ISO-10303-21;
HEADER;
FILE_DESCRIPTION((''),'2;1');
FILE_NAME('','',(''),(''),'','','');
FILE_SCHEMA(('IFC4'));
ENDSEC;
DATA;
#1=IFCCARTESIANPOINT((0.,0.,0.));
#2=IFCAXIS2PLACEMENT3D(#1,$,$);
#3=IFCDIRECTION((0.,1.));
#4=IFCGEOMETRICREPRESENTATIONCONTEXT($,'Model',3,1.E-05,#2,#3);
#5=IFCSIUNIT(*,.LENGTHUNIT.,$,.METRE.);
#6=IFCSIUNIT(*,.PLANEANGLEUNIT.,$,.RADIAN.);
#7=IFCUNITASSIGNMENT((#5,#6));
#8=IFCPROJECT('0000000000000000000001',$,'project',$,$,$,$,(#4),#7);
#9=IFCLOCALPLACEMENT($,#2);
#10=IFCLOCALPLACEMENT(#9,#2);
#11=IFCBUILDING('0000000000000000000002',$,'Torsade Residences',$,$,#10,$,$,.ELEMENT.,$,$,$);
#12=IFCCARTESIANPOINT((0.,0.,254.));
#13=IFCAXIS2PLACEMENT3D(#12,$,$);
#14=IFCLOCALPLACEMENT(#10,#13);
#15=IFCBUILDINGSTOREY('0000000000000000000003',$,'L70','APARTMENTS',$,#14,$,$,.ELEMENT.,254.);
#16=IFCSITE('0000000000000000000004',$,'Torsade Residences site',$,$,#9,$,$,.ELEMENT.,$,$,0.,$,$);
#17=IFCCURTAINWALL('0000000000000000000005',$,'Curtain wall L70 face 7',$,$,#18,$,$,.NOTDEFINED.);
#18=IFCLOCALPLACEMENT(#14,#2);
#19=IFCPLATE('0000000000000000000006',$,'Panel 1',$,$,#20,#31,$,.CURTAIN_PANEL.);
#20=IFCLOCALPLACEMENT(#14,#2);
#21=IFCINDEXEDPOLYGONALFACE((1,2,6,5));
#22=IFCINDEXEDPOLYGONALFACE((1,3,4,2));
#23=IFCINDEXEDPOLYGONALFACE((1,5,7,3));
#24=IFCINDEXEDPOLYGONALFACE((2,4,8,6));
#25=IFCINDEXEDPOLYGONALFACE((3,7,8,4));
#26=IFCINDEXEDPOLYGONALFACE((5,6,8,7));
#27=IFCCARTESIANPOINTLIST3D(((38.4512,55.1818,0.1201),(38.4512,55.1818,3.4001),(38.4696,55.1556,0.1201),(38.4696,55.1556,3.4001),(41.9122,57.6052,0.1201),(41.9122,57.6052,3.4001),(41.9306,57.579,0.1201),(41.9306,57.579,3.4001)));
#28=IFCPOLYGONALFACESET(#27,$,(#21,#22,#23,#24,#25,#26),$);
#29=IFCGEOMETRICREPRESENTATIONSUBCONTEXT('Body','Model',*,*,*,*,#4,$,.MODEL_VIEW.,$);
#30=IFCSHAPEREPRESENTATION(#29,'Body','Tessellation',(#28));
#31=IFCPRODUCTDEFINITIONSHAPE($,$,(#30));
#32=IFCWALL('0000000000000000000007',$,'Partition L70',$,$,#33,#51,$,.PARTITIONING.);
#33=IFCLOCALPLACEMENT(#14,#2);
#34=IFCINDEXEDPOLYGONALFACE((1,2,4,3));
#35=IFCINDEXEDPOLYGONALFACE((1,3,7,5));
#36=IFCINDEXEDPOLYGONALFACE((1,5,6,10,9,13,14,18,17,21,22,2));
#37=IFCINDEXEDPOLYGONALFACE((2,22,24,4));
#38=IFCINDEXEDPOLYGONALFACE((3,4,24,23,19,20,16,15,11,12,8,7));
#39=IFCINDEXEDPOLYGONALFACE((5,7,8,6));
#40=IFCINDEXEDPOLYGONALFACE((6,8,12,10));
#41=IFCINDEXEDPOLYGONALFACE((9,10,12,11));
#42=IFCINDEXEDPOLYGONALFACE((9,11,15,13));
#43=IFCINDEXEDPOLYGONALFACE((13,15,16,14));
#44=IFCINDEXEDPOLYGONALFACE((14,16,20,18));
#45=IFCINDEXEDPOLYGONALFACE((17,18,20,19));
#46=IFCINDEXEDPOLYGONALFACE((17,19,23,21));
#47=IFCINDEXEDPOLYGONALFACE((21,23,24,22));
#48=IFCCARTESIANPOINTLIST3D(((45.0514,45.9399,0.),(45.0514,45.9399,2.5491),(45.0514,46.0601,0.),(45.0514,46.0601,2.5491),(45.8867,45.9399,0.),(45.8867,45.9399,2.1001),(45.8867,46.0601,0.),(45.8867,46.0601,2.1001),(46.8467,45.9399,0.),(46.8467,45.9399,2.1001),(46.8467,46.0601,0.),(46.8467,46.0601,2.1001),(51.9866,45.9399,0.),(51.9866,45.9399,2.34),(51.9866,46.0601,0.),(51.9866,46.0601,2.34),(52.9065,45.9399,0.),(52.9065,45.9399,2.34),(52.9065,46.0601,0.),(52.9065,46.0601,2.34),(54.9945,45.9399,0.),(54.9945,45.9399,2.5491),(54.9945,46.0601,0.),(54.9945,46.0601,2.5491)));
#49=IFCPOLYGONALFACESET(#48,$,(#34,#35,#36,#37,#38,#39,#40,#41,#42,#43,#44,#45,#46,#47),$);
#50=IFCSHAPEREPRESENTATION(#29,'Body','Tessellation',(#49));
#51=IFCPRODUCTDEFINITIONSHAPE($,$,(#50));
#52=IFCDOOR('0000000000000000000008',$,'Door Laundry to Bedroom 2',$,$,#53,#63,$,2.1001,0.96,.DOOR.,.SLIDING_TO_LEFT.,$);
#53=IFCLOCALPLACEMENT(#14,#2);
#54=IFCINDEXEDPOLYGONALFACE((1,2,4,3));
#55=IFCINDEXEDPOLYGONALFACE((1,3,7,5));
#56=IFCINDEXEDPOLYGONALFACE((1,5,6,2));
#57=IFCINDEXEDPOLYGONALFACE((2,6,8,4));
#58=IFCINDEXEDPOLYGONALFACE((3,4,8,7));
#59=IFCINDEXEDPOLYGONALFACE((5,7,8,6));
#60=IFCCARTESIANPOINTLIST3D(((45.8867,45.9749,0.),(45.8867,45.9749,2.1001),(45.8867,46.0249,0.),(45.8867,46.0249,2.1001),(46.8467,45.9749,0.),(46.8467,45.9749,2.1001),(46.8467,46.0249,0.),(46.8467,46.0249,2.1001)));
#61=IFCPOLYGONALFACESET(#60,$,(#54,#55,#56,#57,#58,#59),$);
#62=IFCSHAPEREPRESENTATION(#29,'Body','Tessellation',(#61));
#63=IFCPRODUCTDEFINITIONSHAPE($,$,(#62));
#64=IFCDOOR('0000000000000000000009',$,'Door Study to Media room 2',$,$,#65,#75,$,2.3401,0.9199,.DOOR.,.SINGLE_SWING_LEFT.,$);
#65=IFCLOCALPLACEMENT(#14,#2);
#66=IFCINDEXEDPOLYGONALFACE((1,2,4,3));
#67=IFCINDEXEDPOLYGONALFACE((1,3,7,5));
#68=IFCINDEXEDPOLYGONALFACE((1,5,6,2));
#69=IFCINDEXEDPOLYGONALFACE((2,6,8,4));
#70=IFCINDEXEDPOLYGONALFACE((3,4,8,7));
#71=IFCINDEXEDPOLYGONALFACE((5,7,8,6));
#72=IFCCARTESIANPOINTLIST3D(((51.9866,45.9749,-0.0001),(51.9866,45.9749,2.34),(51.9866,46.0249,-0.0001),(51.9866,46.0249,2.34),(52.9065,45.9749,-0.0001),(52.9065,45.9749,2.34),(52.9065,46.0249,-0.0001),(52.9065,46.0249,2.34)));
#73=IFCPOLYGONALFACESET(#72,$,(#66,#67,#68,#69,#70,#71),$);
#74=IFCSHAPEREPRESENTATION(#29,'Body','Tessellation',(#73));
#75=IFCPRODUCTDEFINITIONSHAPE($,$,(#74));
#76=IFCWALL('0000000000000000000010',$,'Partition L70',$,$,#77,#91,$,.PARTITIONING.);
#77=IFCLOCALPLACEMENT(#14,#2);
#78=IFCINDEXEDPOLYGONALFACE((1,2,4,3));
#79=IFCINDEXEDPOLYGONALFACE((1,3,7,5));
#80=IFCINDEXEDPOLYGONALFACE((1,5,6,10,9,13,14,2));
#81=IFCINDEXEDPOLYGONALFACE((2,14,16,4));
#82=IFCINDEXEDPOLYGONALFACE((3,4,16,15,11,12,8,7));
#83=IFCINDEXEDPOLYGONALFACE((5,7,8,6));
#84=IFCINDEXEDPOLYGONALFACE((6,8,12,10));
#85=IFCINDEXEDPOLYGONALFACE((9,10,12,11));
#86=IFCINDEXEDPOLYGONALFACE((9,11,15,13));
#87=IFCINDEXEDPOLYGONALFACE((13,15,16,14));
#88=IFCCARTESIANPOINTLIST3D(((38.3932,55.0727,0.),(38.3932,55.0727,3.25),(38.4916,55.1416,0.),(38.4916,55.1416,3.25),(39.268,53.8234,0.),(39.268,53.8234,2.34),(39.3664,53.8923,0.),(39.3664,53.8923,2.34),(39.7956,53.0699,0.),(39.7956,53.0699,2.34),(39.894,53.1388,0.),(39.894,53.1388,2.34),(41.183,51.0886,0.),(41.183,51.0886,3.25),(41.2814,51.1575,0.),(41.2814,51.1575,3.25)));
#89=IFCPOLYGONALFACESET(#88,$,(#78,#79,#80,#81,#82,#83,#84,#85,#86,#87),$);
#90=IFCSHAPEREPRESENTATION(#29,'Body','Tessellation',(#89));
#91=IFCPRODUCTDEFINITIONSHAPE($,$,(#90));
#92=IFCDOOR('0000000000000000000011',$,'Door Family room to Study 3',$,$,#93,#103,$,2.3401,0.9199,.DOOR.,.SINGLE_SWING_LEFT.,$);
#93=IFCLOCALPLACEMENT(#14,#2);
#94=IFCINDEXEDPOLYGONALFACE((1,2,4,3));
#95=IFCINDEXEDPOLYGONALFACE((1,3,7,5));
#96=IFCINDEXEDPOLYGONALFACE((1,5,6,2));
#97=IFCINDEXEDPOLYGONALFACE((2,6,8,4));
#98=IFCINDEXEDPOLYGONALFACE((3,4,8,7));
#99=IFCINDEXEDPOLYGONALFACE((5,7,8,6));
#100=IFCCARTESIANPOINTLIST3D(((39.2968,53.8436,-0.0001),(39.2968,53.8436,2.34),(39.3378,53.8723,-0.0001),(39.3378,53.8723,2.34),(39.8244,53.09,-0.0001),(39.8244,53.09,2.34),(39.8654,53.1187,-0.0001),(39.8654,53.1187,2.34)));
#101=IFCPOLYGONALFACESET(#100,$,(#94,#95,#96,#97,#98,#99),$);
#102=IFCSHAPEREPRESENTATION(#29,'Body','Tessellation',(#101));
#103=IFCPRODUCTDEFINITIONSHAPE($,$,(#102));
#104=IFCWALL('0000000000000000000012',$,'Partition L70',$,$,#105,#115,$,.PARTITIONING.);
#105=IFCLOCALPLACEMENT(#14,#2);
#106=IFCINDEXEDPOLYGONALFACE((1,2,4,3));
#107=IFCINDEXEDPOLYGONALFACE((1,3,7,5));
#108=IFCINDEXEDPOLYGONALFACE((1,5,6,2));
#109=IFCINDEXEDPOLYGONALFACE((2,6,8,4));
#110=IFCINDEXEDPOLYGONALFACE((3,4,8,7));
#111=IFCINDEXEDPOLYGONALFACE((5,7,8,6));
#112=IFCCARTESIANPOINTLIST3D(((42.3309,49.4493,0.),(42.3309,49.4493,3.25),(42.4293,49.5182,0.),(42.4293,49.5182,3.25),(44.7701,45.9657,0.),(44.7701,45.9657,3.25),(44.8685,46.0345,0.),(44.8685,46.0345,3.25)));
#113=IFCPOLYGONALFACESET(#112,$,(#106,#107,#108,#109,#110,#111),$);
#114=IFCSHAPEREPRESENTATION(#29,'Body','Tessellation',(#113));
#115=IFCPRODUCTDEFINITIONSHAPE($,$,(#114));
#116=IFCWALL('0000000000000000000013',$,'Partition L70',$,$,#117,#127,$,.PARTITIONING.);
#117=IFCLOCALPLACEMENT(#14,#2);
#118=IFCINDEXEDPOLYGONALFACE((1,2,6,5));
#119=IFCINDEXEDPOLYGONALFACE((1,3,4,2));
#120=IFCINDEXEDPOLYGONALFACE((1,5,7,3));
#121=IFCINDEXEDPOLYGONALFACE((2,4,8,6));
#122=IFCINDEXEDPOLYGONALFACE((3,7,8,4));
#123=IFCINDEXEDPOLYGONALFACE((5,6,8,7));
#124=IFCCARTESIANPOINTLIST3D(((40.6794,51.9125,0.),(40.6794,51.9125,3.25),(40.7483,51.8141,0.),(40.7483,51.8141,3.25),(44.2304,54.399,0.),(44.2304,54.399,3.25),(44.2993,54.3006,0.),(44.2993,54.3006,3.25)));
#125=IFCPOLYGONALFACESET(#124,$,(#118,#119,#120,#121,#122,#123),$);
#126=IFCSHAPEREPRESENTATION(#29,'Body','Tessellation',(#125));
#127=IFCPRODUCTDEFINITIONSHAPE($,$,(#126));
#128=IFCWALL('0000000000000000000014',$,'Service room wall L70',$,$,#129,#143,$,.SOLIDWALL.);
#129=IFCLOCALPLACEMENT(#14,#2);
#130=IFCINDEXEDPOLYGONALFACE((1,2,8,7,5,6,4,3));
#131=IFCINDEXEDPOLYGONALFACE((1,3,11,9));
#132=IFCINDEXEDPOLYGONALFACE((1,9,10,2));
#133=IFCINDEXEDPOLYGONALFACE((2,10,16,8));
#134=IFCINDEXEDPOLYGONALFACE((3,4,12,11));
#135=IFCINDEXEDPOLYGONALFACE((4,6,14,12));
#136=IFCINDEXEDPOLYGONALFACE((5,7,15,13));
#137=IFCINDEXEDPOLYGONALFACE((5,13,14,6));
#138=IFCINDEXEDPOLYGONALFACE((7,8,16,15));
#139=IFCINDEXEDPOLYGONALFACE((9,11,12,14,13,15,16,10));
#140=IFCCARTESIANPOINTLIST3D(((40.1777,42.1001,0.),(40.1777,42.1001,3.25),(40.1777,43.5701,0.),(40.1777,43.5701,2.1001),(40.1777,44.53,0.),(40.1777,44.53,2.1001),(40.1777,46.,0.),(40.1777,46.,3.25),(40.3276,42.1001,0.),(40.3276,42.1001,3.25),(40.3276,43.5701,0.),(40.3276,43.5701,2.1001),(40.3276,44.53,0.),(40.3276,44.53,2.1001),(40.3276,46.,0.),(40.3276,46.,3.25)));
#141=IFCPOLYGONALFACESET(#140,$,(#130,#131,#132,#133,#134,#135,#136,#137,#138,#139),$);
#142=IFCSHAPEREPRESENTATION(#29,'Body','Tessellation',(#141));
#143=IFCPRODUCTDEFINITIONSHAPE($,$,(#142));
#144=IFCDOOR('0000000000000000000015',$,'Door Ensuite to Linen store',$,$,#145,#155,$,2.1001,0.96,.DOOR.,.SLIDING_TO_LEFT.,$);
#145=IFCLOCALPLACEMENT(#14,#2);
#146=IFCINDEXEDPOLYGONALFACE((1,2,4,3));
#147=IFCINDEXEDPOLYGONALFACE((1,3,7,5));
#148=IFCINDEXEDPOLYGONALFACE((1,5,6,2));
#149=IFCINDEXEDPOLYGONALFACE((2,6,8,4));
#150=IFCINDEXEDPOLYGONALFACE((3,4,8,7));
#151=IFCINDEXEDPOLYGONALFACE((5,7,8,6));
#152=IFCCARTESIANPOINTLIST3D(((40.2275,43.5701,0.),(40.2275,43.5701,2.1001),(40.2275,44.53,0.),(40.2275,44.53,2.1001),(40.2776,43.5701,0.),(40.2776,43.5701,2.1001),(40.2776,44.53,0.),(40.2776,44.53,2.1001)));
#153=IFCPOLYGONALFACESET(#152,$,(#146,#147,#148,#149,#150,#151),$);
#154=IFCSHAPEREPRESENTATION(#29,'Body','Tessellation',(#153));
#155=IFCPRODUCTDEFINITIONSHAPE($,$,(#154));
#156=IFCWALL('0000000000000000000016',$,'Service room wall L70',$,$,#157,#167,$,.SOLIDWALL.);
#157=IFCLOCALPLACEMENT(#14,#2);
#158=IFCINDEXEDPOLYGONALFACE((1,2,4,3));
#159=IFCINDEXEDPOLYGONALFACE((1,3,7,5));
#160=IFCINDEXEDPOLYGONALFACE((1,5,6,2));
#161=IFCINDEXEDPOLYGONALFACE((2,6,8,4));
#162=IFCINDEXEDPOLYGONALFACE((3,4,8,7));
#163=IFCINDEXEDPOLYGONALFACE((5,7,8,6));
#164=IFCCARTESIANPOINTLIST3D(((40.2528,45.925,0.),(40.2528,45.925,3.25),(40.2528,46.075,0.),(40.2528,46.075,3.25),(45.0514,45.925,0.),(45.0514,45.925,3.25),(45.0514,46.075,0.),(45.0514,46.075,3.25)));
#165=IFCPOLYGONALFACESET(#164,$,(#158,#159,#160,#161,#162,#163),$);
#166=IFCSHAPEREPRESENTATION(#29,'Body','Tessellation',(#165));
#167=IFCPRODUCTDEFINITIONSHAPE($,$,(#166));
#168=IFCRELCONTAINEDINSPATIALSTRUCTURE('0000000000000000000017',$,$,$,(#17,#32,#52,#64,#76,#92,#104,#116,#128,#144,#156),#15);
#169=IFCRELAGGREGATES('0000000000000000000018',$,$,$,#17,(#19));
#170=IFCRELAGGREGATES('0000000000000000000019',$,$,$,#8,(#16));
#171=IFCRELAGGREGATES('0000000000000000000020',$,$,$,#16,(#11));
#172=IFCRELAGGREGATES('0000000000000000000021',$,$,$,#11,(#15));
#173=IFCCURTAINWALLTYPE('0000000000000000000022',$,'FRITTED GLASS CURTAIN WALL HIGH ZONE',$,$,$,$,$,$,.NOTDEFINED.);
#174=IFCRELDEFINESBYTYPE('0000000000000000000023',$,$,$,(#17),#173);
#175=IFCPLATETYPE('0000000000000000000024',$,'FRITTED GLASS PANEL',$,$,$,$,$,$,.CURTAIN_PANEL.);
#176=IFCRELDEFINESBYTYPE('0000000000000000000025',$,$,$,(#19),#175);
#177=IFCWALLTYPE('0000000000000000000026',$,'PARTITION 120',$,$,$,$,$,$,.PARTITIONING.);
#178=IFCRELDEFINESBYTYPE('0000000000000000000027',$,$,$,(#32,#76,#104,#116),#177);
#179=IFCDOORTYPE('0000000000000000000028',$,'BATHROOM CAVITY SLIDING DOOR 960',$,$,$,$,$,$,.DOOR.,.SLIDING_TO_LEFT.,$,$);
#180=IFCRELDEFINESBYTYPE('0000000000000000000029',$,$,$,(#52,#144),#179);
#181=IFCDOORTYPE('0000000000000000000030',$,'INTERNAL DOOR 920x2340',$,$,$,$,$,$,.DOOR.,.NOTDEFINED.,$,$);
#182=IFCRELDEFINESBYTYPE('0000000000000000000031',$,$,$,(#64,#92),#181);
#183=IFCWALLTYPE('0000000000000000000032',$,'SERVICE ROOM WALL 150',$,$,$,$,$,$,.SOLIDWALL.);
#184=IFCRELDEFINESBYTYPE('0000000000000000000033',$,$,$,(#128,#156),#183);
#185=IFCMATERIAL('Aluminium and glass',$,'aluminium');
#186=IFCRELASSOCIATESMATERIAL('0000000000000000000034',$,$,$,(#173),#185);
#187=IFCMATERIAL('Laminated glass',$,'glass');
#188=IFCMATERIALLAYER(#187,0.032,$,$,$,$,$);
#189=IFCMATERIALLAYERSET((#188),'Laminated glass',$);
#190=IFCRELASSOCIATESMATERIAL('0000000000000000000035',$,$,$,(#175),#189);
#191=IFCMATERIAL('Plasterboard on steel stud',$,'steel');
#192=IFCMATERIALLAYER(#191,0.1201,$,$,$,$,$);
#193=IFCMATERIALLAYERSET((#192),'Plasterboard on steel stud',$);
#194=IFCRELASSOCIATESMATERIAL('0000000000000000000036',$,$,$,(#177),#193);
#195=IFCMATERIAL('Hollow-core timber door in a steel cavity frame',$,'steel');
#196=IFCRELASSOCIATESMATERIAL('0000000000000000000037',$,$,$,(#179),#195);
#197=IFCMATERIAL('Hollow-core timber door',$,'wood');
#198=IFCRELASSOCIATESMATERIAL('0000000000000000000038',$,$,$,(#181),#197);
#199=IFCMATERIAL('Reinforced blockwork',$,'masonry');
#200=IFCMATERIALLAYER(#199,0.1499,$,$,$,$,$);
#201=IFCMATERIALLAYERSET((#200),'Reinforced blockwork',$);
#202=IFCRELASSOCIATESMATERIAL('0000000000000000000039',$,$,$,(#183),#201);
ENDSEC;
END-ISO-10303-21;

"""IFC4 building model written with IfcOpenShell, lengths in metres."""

from ifc_helpers import new_model, si_unit, direction, frame, frame_2d, origin, origin_2d, place, context, subcontext, project, spatial, rectangle, extrude, material, layer, layer_set, type_object, element, fill, aggregate, save


model = new_model("IFC4")

# Units and contexts
model_context = context("Model", 3, precision=1e-05, world=origin(), true_north=direction((0.0, 1.0)))
body_context = subcontext(model_context, "Body", "Model", "MODEL_VIEW")
ifc_project = project(units=[si_unit("LENGTHUNIT", "METRE"), si_unit("PLANEANGLEUNIT", "RADIAN")], contexts=[model_context])

# Site, building, storey
site_placement = place(None, origin())
site = spatial("IfcSite", under=ifc_project, at=site_placement, Name="Torsade Residences site", CompositionType="ELEMENT", RefElevation=0.0)
building_placement = place(site_placement, origin())
building = spatial("IfcBuilding", under=site, at=building_placement, Name="Torsade Residences", CompositionType="ELEMENT")
storey_placement = place(building_placement, frame((0.0, 0.0, 254.0)))
storey = spatial("IfcBuildingStorey", under=building, at=storey_placement, Name="L70", Description="APARTMENTS", CompositionType="ELEMENT", Elevation=254.0)

# Shared definitions
ifc_material_1 = material(Name="Aluminium and glass", Category="aluminium")
curtain_wall_type = type_object("IfcCurtainWallType", Name="FRITTED GLASS CURTAIN WALL HIGH ZONE", PredefinedType="NOTDEFINED", material=ifc_material_1)

# Curtain wall
curtain_wall_1_placement = place(storey_placement, origin())
curtain_wall_1 = element("IfcCurtainWall", 1, at=curtain_wall_1_placement, inside=storey, type_object=curtain_wall_type, Name="Curtain wall L70 face 7", PredefinedType="NOTDEFINED")

# Plate
ifc_material_2 = material(Name="Laminated glass", Category="glass")
ifc_layer_1 = layer(ifc_material_2, 0.032)
ifc_layer_set_1 = layer_set([ifc_layer_1], Name="Laminated glass")
plate_type = type_object("IfcPlateType", Name="FRITTED GLASS PANEL", PredefinedType="CURTAIN_PANEL", material=ifc_layer_set_1)
plate_placement = place(storey_placement, frame((40.1909, 56.3804, 0.1201), z_axis=(0.0, 0.0, 1.0), x_axis=(-0.819152, -0.573576, 0.0)))
plate = element("IfcPlate", 2, at=plate_placement, type_object=plate_type, Name="Panel 1", PredefinedType="CURTAIN_PANEL", context=body_context, shape_type="SweptSolid", body=[
    extrude(rectangle(XDim=4.2251, YDim=0.032, at=origin_2d()), origin(), (0.0, 0.0, 1.0), 3.28),
])
aggregate(curtain_wall_1, [plate])

# Wall, openings, doors
ifc_material_3 = material(Name="Plasterboard on steel stud", Category="steel")
ifc_layer_2 = layer(ifc_material_3, 0.1201)
ifc_layer_set_2 = layer_set([ifc_layer_2], Name="Plasterboard on steel stud")
wall_type_1 = type_object("IfcWallType", Name="PARTITION 120", PredefinedType="PARTITIONING", material=ifc_layer_set_2)
wall_1_placement = place(storey_placement, frame((45.0513, 46.0, 0.0), z_axis=(0.0, 0.0, 1.0), x_axis=(1.0, 0.0, 0.0)))
wall_1 = element("IfcWall", 3, at=wall_1_placement, inside=storey, type_object=wall_type_1, Name="Partition L70", PredefinedType="PARTITIONING", context=body_context, shape_type="SweptSolid", body=[
    extrude(rectangle(XDim=9.9431, YDim=0.1201, at=frame_2d((4.9717, 0.0))), origin(), (0.0, 0.0, 1.0), 2.5491),
])
opening_1_placement = place(wall_1_placement, frame((0.8354, 0.0, 0.0)))
opening_1 = element("IfcOpeningElement", 4, at=opening_1_placement, cuts=wall_1, PredefinedType="OPENING", context=body_context, shape_type="SweptSolid", body=[
    extrude(rectangle(XDim=0.96, YDim=2.1001, at=frame_2d((0.48, 1.05))), frame((0.0, 0.0701, 0.0), z_axis=(0.0, -1.0, 0.0), x_axis=(1.0, 0.0, 0.0)), (0.0, 0.0, 1.0), 0.1401),
])
opening_2_placement = place(wall_1_placement, frame((6.9353, 0.0, 0.0)))
opening_2 = element("IfcOpeningElement", 5, at=opening_2_placement, cuts=wall_1, PredefinedType="OPENING", context=body_context, shape_type="SweptSolid", body=[
    extrude(rectangle(XDim=0.9199, YDim=2.3401, at=frame_2d((0.46, 1.1699))), frame((0.0, 0.0701, 0.0), z_axis=(0.0, -1.0, 0.0), x_axis=(1.0, 0.0, 0.0)), (0.0, 0.0, 1.0), 0.1401),
])
ifc_material_4 = material(Name="Hollow-core timber door in a steel cavity frame", Category="steel")
door_type_1 = type_object("IfcDoorType", Name="BATHROOM CAVITY SLIDING DOOR 960", OperationType="SLIDING_TO_LEFT", PredefinedType="DOOR", material=ifc_material_4)
door_1_placement = place(opening_1_placement, origin())
door_1 = element("IfcDoor", 6, at=door_1_placement, inside=storey, type_object=door_type_1, Name="Door Laundry to Bedroom 2", OperationType="SLIDING_TO_LEFT", OverallHeight=2.1001, OverallWidth=0.96, PredefinedType="DOOR", context=body_context, shape_type="SweptSolid", body=[
    extrude(rectangle(XDim=0.96, YDim=2.1001, at=frame_2d((0.48, 1.05))), frame((0.0, 0.0249, 0.0), z_axis=(0.0, -1.0, 0.0), x_axis=(1.0, 0.0, 0.0)), (0.0, 0.0, 1.0), 0.05),
])
fill(opening_1, door_1)
ifc_material_5 = material(Name="Hollow-core timber door", Category="wood")
door_type_2 = type_object("IfcDoorType", Name="INTERNAL DOOR 920x2340", OperationType="NOTDEFINED", PredefinedType="DOOR", material=ifc_material_5)
door_2_placement = place(opening_2_placement, origin())
door_2 = element("IfcDoor", 7, at=door_2_placement, inside=storey, type_object=door_type_2, Name="Door Study to Media room 2", OperationType="SINGLE_SWING_LEFT", OverallHeight=2.3401, OverallWidth=0.9199, PredefinedType="DOOR", context=body_context, shape_type="SweptSolid", body=[
    extrude(rectangle(XDim=0.9199, YDim=2.3401, at=frame_2d((0.46, 1.1699))), frame((0.0, 0.0249, 0.0), z_axis=(0.0, -1.0, 0.0), x_axis=(1.0, 0.0, 0.0)), (0.0, 0.0, 1.0), 0.05),
])
fill(opening_2, door_2)

# Wall, opening, door
wall_2_placement = place(storey_placement, frame((41.2322, 51.123, 0.0), z_axis=(0.0, 0.0, 1.0), x_axis=(-0.573587, 0.819145, 0.0)))
wall_2 = element("IfcWall", 8, at=wall_2_placement, inside=storey, type_object=wall_type_1, Name="Partition L70", PredefinedType="PARTITIONING", context=body_context, shape_type="SweptSolid", body=[
    extrude(rectangle(XDim=4.8638, YDim=0.1201, at=frame_2d((2.4319, 0.0))), origin(), (0.0, 0.0, 1.0), 3.25),
])
opening_3_placement = place(wall_2_placement, frame((2.4187, 0.0, 0.0)))
opening_3 = element("IfcOpeningElement", 9, at=opening_3_placement, cuts=wall_2, PredefinedType="OPENING", context=body_context, shape_type="SweptSolid", body=[
    extrude(rectangle(XDim=0.9199, YDim=2.3401, at=frame_2d((0.46, 1.1699))), frame((0.0, 0.0701, 0.0), z_axis=(0.0, -1.0, 0.0), x_axis=(1.0, 0.0, 0.0)), (0.0, 0.0, 1.0), 0.1401),
])
door_3_placement = place(opening_3_placement, origin())
door_3 = element("IfcDoor", 10, at=door_3_placement, inside=storey, type_object=door_type_2, Name="Door Family room to Study 3", OperationType="SINGLE_SWING_LEFT", OverallHeight=2.3401, OverallWidth=0.9199, PredefinedType="DOOR", context=body_context, shape_type="SweptSolid", body=[
    extrude(rectangle(XDim=0.9199, YDim=2.3401, at=frame_2d((0.46, 1.1699))), frame((0.0, 0.0249, 0.0), z_axis=(0.0, -1.0, 0.0), x_axis=(1.0, 0.0, 0.0)), (0.0, 0.0, 1.0), 0.05),
])
fill(opening_3, door_3)

# Walls
wall_3_placement = place(storey_placement, frame((44.8193, 46.0, 0.0), z_axis=(0.0, 0.0, 1.0), x_axis=(-0.573566, 0.819159, 0.0)))
element("IfcWall", 11, at=wall_3_placement, inside=storey, type_object=wall_type_1, Name="Partition L70", PredefinedType="PARTITIONING", context=body_context, shape_type="SweptSolid", body=[
    extrude(rectangle(XDim=4.2527, YDim=0.1201, at=frame_2d((2.1265, 0.0))), origin(), (0.0, 0.0, 1.0), 3.25),
])
wall_4_placement = place(storey_placement, frame((40.7139, 51.8633, 0.0), z_axis=(0.0, 0.0, 1.0), x_axis=(0.819139, 0.573595, 0.0)))
element("IfcWall", 12, at=wall_4_placement, inside=storey, type_object=wall_type_1, Name="Partition L70", PredefinedType="PARTITIONING", context=body_context, shape_type="SweptSolid", body=[
    extrude(rectangle(XDim=4.335, YDim=0.1201, at=frame_2d((2.1675, 0.0))), origin(), (0.0, 0.0, 1.0), 3.25),
])

# Wall, opening, door
ifc_material_6 = material(Name="Reinforced blockwork", Category="masonry")
ifc_layer_3 = layer(ifc_material_6, 0.1499)
ifc_layer_set_3 = layer_set([ifc_layer_3], Name="Reinforced blockwork")
wall_type_2 = type_object("IfcWallType", Name="SERVICE ROOM WALL 150", PredefinedType="SOLIDWALL", material=ifc_layer_set_3)
wall_5_placement = place(storey_placement, frame((40.2527, 46.0, 0.0), z_axis=(0.0, 0.0, 1.0), x_axis=(0.0, -1.0, 0.0)))
wall_5 = element("IfcWall", 13, at=wall_5_placement, inside=storey, type_object=wall_type_2, Name="Service room wall L70", PredefinedType="SOLIDWALL", context=body_context, shape_type="SweptSolid", body=[
    extrude(rectangle(XDim=3.8999, YDim=0.1499, at=frame_2d((1.95, 0.0))), origin(), (0.0, 0.0, 1.0), 3.25),
])
opening_4_placement = place(wall_5_placement, frame((1.47, 0.0, 0.0)))
opening_4 = element("IfcOpeningElement", 14, at=opening_4_placement, cuts=wall_5, PredefinedType="OPENING", context=body_context, shape_type="SweptSolid", body=[
    extrude(rectangle(XDim=0.96, YDim=2.1001, at=frame_2d((0.48, 1.05))), frame((0.0, 0.085, 0.0), z_axis=(0.0, -1.0, 0.0), x_axis=(1.0, 0.0, 0.0)), (0.0, 0.0, 1.0), 0.1699),
])
door_4_placement = place(opening_4_placement, origin())
door_4 = element("IfcDoor", 15, at=door_4_placement, inside=storey, type_object=door_type_1, Name="Door Ensuite to Linen store", OperationType="SLIDING_TO_LEFT", OverallHeight=2.1001, OverallWidth=0.96, PredefinedType="DOOR", context=body_context, shape_type="SweptSolid", body=[
    extrude(rectangle(XDim=0.96, YDim=2.1001, at=frame_2d((0.48, 1.05))), frame((0.0, 0.0249, 0.0), z_axis=(0.0, -1.0, 0.0), x_axis=(1.0, 0.0, 0.0)), (0.0, 0.0, 1.0), 0.05),
])
fill(opening_4, door_4)

# Wall
wall_6_placement = place(storey_placement, frame((40.2527, 46.0, 0.0), z_axis=(0.0, 0.0, 1.0), x_axis=(1.0, 0.0, 0.0)))
element("IfcWall", 16, at=wall_6_placement, inside=storey, type_object=wall_type_2, Name="Service room wall L70", PredefinedType="SOLIDWALL", context=body_context, shape_type="SweptSolid", body=[
    extrude(rectangle(XDim=4.7986, YDim=0.1499, at=frame_2d((2.3994, 0.0))), origin(), (0.0, 0.0, 1.0), 3.25),
])

save(model, "model.ifc")
